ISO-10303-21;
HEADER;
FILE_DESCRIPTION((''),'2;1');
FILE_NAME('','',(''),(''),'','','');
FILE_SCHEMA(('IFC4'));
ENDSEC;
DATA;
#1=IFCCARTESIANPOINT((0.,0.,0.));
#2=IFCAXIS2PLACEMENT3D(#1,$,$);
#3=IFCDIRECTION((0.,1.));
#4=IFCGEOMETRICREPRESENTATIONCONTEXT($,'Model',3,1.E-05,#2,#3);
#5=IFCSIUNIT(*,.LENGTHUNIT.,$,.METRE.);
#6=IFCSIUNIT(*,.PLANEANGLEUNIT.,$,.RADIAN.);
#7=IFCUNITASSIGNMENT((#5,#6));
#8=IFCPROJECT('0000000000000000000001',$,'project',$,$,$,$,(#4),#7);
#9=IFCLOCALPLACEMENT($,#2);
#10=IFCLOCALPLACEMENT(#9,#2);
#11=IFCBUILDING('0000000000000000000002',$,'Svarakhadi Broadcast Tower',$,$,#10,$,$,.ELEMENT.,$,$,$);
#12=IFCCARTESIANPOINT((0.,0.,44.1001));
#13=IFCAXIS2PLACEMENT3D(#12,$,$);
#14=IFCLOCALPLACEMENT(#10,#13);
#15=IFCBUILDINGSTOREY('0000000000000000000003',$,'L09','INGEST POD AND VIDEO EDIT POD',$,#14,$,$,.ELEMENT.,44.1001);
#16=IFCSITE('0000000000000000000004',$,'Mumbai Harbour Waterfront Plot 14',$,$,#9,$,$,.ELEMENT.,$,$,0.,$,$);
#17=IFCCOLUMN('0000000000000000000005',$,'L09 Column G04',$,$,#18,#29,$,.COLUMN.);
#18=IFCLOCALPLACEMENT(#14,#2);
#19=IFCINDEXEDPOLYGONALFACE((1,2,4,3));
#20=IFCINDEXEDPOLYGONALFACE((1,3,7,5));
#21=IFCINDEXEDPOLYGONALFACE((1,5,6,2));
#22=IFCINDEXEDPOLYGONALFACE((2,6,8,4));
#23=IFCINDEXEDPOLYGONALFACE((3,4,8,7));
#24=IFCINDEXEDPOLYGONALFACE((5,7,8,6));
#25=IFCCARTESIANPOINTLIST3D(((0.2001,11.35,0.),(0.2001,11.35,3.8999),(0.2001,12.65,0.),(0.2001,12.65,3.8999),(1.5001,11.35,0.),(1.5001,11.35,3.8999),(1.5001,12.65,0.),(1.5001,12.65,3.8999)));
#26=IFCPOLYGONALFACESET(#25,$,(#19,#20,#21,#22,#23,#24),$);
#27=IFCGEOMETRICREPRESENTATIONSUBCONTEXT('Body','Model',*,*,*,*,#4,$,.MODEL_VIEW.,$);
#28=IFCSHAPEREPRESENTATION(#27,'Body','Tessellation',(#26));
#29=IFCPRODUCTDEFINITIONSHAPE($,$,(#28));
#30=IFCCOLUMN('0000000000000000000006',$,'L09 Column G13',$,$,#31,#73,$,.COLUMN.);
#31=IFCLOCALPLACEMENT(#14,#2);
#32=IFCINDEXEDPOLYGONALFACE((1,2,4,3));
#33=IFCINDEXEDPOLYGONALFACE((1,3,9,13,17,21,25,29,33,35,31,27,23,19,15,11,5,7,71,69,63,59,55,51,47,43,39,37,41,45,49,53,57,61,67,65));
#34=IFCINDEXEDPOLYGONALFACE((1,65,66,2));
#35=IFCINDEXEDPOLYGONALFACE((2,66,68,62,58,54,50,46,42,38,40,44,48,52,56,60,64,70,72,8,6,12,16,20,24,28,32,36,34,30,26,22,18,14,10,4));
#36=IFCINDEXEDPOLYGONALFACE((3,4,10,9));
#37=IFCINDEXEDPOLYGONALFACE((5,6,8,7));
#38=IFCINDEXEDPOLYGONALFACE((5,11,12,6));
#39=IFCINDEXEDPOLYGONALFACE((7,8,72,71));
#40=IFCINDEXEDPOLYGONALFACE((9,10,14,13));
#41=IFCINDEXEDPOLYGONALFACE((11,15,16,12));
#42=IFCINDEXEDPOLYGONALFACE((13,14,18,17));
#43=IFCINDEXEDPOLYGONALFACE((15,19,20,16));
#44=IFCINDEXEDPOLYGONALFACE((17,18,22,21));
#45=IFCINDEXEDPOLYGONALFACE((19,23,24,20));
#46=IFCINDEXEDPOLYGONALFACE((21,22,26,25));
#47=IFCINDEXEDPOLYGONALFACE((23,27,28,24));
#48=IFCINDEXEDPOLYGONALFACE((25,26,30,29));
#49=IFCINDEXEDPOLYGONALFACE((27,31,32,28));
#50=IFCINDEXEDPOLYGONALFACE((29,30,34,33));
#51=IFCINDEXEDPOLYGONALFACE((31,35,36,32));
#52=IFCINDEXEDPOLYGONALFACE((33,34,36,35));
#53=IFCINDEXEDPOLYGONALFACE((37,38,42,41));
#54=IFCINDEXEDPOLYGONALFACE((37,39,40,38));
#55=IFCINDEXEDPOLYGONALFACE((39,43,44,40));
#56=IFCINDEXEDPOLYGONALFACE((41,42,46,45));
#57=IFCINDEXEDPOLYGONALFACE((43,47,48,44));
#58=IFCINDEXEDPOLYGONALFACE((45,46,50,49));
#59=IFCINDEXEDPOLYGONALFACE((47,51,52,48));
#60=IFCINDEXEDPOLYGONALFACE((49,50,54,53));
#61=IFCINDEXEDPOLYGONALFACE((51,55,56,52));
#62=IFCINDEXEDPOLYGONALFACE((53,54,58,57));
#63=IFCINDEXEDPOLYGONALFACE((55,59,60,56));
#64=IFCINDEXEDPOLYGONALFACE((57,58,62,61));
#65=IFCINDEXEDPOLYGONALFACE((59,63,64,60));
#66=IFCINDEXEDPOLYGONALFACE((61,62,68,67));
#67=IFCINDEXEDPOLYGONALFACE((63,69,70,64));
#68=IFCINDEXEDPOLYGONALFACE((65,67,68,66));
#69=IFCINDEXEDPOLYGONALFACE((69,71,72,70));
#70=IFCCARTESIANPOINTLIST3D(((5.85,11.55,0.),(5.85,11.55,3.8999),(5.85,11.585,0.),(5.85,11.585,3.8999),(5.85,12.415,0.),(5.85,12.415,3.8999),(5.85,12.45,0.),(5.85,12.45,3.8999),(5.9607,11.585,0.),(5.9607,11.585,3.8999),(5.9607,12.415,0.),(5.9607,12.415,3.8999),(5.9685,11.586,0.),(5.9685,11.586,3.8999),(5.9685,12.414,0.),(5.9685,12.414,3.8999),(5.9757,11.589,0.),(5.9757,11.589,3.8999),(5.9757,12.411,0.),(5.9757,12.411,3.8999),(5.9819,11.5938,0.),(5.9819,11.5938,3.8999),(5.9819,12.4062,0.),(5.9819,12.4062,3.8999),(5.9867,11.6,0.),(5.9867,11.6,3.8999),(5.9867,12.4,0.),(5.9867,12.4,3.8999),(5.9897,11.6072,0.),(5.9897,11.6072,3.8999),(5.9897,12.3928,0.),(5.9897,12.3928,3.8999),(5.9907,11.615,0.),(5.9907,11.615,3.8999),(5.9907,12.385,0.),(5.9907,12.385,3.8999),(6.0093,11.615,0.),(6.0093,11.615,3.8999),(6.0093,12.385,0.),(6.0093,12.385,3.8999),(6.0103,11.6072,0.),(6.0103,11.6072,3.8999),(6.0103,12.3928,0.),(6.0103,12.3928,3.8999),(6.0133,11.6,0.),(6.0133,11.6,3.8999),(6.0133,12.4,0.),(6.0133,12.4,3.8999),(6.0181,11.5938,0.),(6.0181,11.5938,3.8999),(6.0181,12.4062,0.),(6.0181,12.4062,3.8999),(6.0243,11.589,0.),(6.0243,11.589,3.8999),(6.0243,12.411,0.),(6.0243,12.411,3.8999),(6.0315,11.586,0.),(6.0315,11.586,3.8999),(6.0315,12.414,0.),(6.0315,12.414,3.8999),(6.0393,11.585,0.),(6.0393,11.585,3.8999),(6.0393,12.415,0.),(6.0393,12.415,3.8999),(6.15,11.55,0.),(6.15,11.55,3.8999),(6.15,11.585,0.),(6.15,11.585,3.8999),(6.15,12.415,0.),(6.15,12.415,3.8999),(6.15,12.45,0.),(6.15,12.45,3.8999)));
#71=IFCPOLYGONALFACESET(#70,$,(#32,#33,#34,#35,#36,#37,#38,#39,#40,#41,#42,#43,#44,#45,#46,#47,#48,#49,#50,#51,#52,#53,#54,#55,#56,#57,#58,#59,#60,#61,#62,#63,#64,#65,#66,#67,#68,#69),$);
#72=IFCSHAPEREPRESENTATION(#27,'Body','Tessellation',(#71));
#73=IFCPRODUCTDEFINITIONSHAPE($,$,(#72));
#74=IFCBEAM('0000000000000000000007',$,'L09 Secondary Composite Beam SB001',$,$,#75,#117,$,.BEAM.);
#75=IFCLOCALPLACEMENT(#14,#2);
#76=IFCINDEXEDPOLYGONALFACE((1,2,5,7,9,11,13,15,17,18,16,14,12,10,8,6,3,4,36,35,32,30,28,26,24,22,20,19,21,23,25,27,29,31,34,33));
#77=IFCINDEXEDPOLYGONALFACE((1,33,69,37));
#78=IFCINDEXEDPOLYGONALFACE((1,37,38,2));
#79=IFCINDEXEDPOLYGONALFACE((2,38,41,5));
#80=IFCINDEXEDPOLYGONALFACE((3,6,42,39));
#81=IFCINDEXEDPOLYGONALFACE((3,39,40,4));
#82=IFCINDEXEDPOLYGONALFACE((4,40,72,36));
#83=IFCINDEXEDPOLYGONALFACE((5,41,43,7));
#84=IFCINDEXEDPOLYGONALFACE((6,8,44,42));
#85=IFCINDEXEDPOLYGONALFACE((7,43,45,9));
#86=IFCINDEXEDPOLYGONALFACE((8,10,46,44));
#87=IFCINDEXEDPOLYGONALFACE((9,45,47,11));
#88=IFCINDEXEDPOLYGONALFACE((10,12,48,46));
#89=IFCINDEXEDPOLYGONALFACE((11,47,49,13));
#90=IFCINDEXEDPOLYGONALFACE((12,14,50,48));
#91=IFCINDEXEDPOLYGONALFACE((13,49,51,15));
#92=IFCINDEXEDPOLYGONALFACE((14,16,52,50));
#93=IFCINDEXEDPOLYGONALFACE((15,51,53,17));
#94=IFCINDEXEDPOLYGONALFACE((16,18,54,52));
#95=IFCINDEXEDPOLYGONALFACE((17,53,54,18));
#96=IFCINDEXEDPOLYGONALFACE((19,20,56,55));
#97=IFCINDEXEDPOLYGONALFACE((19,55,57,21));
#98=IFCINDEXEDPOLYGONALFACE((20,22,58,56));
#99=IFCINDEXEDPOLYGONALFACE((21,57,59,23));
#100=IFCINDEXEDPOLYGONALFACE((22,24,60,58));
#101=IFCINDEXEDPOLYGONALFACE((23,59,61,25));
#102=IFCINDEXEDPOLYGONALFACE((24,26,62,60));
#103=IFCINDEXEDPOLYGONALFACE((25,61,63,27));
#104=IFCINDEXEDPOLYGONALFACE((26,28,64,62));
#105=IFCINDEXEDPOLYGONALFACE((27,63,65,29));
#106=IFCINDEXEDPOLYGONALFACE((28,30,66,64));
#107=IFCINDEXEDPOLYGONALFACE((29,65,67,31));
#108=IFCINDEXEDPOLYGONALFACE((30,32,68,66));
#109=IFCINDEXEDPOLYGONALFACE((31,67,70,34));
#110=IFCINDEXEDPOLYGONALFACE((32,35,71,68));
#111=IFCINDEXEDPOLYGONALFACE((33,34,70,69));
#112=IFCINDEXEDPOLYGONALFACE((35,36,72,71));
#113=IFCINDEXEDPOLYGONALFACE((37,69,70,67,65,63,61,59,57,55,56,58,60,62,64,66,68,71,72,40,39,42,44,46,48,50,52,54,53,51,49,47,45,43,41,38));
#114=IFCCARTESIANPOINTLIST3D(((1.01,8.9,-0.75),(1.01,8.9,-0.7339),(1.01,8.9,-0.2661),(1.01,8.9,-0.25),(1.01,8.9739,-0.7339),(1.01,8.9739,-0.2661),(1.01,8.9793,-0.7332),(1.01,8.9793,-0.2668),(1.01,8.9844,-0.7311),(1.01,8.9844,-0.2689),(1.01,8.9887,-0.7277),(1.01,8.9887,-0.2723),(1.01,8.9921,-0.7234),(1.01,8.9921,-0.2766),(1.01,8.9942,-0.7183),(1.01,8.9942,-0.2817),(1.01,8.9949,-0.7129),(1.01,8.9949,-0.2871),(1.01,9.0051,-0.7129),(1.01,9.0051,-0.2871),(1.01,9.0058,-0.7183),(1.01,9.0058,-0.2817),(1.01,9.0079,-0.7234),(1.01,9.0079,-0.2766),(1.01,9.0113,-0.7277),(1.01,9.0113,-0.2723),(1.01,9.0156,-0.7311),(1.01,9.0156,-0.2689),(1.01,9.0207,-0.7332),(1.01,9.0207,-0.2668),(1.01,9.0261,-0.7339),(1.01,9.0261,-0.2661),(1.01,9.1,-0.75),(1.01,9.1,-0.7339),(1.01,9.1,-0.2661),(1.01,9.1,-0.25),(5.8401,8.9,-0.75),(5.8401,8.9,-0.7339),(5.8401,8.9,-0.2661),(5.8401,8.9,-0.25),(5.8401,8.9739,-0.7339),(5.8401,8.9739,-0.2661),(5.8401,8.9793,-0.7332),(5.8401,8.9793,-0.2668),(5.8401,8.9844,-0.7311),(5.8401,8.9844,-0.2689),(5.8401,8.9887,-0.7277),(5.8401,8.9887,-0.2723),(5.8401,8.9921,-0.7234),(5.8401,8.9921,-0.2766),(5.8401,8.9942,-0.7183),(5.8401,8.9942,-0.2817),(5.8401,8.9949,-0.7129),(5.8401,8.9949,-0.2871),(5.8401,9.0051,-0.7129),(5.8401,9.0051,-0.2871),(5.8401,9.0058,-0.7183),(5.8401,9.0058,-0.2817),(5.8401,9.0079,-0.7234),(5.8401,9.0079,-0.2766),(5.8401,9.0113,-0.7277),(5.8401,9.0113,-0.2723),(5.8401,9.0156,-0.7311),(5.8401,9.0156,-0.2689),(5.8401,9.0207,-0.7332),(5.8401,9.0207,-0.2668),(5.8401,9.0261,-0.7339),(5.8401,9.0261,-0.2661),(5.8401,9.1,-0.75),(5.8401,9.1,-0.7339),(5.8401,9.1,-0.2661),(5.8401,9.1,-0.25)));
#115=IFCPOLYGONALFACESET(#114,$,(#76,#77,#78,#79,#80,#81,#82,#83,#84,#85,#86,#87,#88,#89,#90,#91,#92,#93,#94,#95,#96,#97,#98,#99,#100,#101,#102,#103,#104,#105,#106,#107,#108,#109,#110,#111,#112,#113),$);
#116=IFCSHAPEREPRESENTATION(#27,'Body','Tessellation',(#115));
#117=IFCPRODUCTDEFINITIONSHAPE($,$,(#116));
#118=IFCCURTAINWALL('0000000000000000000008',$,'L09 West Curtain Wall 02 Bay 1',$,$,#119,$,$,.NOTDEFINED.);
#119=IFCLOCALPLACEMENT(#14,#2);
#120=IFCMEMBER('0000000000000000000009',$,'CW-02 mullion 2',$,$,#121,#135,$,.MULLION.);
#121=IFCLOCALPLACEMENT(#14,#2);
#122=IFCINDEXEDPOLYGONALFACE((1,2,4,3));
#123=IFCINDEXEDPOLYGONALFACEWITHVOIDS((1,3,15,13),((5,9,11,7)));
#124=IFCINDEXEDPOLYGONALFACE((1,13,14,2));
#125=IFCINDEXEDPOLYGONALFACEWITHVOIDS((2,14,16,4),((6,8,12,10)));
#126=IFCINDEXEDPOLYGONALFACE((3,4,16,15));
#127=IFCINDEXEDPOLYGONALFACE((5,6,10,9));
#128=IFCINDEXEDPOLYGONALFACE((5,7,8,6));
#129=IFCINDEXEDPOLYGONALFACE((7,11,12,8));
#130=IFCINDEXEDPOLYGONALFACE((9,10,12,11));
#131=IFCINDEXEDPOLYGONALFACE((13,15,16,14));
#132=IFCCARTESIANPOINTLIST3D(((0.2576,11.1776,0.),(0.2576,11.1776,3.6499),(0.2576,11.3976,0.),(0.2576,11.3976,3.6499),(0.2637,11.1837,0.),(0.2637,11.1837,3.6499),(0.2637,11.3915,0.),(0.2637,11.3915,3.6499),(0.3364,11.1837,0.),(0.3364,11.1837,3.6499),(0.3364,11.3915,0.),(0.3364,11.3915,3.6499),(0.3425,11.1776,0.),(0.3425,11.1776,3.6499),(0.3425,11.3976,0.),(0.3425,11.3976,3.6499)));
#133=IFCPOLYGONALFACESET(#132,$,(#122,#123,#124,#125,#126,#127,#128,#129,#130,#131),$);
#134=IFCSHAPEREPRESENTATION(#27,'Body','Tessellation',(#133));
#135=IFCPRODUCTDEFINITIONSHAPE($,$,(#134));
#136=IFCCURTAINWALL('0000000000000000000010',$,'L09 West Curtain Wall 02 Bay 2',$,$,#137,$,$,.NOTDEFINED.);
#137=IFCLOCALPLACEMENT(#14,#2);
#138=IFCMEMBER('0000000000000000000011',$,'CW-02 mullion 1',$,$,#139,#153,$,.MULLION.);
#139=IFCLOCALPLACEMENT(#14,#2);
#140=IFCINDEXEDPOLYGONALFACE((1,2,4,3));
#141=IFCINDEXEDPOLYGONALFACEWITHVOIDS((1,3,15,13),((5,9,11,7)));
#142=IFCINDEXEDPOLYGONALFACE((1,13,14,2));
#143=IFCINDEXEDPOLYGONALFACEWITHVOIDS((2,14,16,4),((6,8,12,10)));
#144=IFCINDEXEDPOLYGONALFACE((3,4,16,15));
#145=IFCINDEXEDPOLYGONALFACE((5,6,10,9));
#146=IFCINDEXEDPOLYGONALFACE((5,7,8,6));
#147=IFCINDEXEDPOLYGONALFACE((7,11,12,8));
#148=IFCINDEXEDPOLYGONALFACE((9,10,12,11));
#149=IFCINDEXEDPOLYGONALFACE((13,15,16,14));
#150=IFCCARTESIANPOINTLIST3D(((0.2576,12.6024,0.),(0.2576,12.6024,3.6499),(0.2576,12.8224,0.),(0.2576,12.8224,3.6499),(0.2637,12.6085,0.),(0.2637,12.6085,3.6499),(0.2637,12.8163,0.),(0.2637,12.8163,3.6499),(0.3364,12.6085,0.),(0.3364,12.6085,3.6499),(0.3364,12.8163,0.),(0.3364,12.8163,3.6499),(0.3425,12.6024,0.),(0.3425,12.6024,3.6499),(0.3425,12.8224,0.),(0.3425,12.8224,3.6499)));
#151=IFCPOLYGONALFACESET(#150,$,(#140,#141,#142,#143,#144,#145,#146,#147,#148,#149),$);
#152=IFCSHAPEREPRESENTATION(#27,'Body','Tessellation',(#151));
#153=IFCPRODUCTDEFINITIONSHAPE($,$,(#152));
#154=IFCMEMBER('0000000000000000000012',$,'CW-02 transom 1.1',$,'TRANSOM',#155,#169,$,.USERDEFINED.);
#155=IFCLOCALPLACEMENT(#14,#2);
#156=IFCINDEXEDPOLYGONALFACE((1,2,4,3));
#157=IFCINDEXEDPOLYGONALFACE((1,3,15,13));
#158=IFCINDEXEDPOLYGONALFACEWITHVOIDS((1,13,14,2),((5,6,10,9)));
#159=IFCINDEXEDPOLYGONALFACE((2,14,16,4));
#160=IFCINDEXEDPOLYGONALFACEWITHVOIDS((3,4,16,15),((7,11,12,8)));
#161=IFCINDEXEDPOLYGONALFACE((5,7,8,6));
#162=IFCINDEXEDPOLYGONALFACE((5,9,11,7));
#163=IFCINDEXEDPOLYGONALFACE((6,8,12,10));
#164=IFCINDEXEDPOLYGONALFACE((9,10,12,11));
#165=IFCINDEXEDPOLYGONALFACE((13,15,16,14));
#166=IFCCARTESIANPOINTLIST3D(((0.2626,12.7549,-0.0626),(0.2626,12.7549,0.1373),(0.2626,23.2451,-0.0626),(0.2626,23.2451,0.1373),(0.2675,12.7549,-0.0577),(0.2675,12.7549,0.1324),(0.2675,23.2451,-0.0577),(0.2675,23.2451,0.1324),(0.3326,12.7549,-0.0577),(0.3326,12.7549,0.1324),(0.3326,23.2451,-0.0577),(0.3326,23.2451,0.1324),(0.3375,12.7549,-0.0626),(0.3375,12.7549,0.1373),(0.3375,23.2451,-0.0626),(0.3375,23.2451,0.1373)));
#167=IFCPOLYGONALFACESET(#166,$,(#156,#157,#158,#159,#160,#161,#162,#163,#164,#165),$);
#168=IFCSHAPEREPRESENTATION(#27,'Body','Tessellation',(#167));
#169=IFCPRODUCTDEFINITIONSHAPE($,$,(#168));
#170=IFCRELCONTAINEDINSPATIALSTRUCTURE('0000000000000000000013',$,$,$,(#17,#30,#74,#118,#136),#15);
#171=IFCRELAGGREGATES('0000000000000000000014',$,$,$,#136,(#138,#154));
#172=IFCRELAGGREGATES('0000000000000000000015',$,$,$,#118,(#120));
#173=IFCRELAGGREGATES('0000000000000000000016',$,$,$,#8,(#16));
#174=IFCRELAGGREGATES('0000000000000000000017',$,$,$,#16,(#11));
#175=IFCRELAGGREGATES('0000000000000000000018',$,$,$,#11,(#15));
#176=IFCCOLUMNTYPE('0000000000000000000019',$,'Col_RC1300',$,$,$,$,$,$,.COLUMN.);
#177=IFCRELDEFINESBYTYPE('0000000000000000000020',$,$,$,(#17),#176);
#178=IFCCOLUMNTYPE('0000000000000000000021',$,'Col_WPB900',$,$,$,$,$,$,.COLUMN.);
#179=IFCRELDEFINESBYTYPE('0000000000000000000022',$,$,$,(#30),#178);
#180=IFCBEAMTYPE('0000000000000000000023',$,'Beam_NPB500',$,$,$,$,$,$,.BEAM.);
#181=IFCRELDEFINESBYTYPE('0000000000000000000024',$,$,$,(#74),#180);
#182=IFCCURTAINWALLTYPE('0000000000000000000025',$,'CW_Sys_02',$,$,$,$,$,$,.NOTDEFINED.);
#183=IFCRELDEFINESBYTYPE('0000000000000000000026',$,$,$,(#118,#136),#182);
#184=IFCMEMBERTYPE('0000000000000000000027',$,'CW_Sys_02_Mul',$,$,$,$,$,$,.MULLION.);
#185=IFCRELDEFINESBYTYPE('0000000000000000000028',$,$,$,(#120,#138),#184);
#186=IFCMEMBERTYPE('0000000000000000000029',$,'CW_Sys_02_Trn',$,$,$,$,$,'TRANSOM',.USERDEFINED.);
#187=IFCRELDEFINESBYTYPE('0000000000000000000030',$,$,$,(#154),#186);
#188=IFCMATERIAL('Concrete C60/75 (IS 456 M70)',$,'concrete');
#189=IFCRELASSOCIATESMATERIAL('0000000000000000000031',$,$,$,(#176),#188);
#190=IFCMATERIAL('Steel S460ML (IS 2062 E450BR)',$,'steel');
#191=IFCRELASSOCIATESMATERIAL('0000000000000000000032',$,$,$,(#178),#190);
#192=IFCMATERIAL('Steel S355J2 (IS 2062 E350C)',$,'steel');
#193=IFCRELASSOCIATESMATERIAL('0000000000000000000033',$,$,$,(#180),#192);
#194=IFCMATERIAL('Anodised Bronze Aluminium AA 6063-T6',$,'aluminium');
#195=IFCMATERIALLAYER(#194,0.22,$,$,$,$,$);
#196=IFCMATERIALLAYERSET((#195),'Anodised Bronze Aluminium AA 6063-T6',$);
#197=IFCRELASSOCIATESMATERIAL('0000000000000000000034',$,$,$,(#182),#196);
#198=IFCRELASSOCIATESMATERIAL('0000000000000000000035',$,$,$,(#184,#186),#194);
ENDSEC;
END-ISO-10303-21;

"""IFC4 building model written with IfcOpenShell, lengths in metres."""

from ifc_helpers import new_model, si_unit, direction, frame, origin, origin_2d, place, context, subcontext, project, spatial, rectangle, hollow_rectangle, i_section, extrude, material, layer, layer_set, material_profile, profile_set, type_object, element, aggregate, save


model = new_model("IFC4")

# Units and contexts
model_context = context("Model", 3, precision=1e-05, world=origin(), true_north=direction((0.0, 1.0)))
body_context = subcontext(model_context, "Body", "Model", "MODEL_VIEW")
ifc_project = project(units=[si_unit("LENGTHUNIT", "METRE"), si_unit("PLANEANGLEUNIT", "RADIAN")], contexts=[model_context])

# Site, building, storey
site_placement = place(None, origin())
site = spatial("IfcSite", under=ifc_project, at=site_placement, Name="Mumbai Harbour Waterfront Plot 14", CompositionType="ELEMENT", RefElevation=0.0)
building_placement = place(site_placement, origin())
building = spatial("IfcBuilding", under=site, at=building_placement, Name="Svarakhadi Broadcast Tower", CompositionType="ELEMENT")
storey_placement = place(building_placement, frame((0.0, 0.0, 44.1001)))
storey = spatial("IfcBuildingStorey", under=building, at=storey_placement, Name="L09", Description="INGEST POD AND VIDEO EDIT POD", CompositionType="ELEMENT", Elevation=44.1001)

# Columns
ifc_material_1 = material(Name="Concrete C60/75 (IS 456 M70)", Category="concrete")
ifc_material_profile_1 = material_profile(ifc_material_1, rectangle(XDim=1.3, YDim=1.3, at=origin_2d()), Name="RC 1300x1300")
ifc_profile_set_1 = profile_set([ifc_material_profile_1], Name="Concrete C60/75 (IS 456 M70)")
column_type_1 = type_object("IfcColumnType", Name="Col_RC1300", PredefinedType="COLUMN", material=ifc_profile_set_1)
column_1_placement = place(storey_placement, frame((0.8501, 12.0, 0.0), z_axis=(0.0, 0.0, 1.0), x_axis=(1.0, 0.0, 0.0)))
element("IfcColumn", 1, at=column_1_placement, inside=storey, type_object=column_type_1, Name="L09 Column G04", PredefinedType="COLUMN", context=body_context, shape_type="SweptSolid", body=[
    extrude(rectangle(XDim=1.3, YDim=1.3, at=origin_2d()), origin(), (0.0, 0.0, 1.0), 3.8999),
])
ifc_material_2 = material(Name="Steel S460ML (IS 2062 E450BR)", Category="steel")
ifc_material_profile_2 = material_profile(ifc_material_2, i_section(OverallWidth=0.3, OverallDepth=0.8999, WebThickness=0.0186, FlangeThickness=0.0349, FilletRadius=0.03, at=origin_2d()), Name="WPB 900x300x291")
ifc_profile_set_2 = profile_set([ifc_material_profile_2], Name="Steel S460ML (IS 2062 E450BR)")
column_type_2 = type_object("IfcColumnType", Name="Col_WPB900", PredefinedType="COLUMN", material=ifc_profile_set_2)
column_2_placement = place(storey_placement, frame((6.0, 12.0, 0.0), z_axis=(0.0, 0.0, 1.0), x_axis=(1.0, 0.0, 0.0)))
element("IfcColumn", 2, at=column_2_placement, inside=storey, type_object=column_type_2, Name="L09 Column G13", PredefinedType="COLUMN", context=body_context, shape_type="SweptSolid", body=[
    extrude(i_section(OverallWidth=0.3, OverallDepth=0.8999, WebThickness=0.0186, FlangeThickness=0.0349, FilletRadius=0.03, at=origin_2d()), origin(), (0.0, 0.0, 1.0), 3.8999),
])

# Beam
ifc_material_3 = material(Name="Steel S355J2 (IS 2062 E350C)", Category="steel")
ifc_material_profile_3 = material_profile(ifc_material_3, i_section(OverallWidth=0.2, OverallDepth=0.5, WebThickness=0.0103, FlangeThickness=0.0161, FilletRadius=0.021, at=origin_2d()), Name="NPB 500x200x91")
ifc_profile_set_3 = profile_set([ifc_material_profile_3], Name="Steel S355J2 (IS 2062 E350C)")
beam_type_1 = type_object("IfcBeamType", Name="Beam_NPB500", PredefinedType="BEAM", material=ifc_profile_set_3)
beam_1_placement = place(storey_placement, frame((1.01, 9.0, -0.5), z_axis=(1.0, 0.0, 0.0), x_axis=(0.0, 1.0, 0.0)))
element("IfcBeam", 3, at=beam_1_placement, inside=storey, type_object=beam_type_1, Name="L09 Secondary Composite Beam SB001", PredefinedType="BEAM", context=body_context, shape_type="SweptSolid", body=[
    extrude(i_section(OverallWidth=0.2, OverallDepth=0.5, WebThickness=0.0103, FlangeThickness=0.0161, FilletRadius=0.021, at=origin_2d()), origin(), (0.0, 0.0, 1.0), 4.8301),
])

# Curtain wall, member
ifc_material_4 = material(Name="Anodised Bronze Aluminium AA 6063-T6", Category="aluminium")
ifc_layer_1 = layer(ifc_material_4, 0.22)
ifc_layer_set_1 = layer_set([ifc_layer_1], Name="Anodised Bronze Aluminium AA 6063-T6")
curtain_wall_type = type_object("IfcCurtainWallType", Name="CW_Sys_02", PredefinedType="NOTDEFINED", material=ifc_layer_set_1)
curtain_wall_1_placement = place(storey_placement, origin())
curtain_wall_1 = element("IfcCurtainWall", 4, at=curtain_wall_1_placement, inside=storey, type_object=curtain_wall_type, Name="L09 West Curtain Wall 02 Bay 1", PredefinedType="NOTDEFINED")
ifc_material_profile_4 = material_profile(ifc_material_4, hollow_rectangle(XDim=0.085, YDim=0.22, WallThickness=0.0061, at=origin_2d()), Name="ALU MULLION 220x85x6")
ifc_profile_set_4 = profile_set([ifc_material_profile_4], Name="Anodised Bronze Aluminium AA 6063-T6")
member_type_1 = type_object("IfcMemberType", Name="CW_Sys_02_Mul", PredefinedType="MULLION", material=ifc_profile_set_4)
member_1_placement = place(storey_placement, frame((0.3, 11.2876, 0.0), z_axis=(0.0, 0.0, 1.0), x_axis=(-1.0, 0.0, 0.0)))
member_1 = element("IfcMember", 5, at=member_1_placement, type_object=member_type_1, Name="CW-02 mullion 2", PredefinedType="MULLION", context=body_context, shape_type="SweptSolid", body=[
    extrude(hollow_rectangle(XDim=0.085, YDim=0.22, WallThickness=0.0061, at=origin_2d()), origin(), (0.0, 0.0, 1.0), 3.6499),
])

# Curtain wall, members
curtain_wall_2_placement = place(storey_placement, origin())
curtain_wall_2 = element("IfcCurtainWall", 6, at=curtain_wall_2_placement, inside=storey, type_object=curtain_wall_type, Name="L09 West Curtain Wall 02 Bay 2", PredefinedType="NOTDEFINED")
member_2_placement = place(storey_placement, frame((0.3, 12.7124, 0.0), z_axis=(0.0, 0.0, 1.0), x_axis=(-1.0, 0.0, 0.0)))
member_2 = element("IfcMember", 7, at=member_2_placement, type_object=member_type_1, Name="CW-02 mullion 1", PredefinedType="MULLION", context=body_context, shape_type="SweptSolid", body=[
    extrude(hollow_rectangle(XDim=0.085, YDim=0.22, WallThickness=0.0061, at=origin_2d()), origin(), (0.0, 0.0, 1.0), 3.6499),
])
ifc_material_profile_5 = material_profile(ifc_material_4, hollow_rectangle(XDim=0.075, YDim=0.2, WallThickness=0.0049, at=origin_2d()), Name="ALU TRANSOM 200x75x5")
ifc_profile_set_5 = profile_set([ifc_material_profile_5], Name="Anodised Bronze Aluminium AA 6063-T6")
member_type_2 = type_object("IfcMemberType", Name="CW_Sys_02_Trn", ElementType="TRANSOM", PredefinedType="USERDEFINED", material=ifc_profile_set_5)
member_3_placement = place(storey_placement, frame((0.3, 12.7549, 0.0374), z_axis=(0.0, 1.0, 0.0), x_axis=(-1.0, 0.0, 0.0)))
member_3 = element("IfcMember", 8, at=member_3_placement, type_object=member_type_2, Name="CW-02 transom 1.1", ObjectType="TRANSOM", PredefinedType="USERDEFINED", context=body_context, shape_type="SweptSolid", body=[
    extrude(hollow_rectangle(XDim=0.075, YDim=0.2, WallThickness=0.0049, at=origin_2d()), origin(), (0.0, 0.0, 1.0), 10.4902),
])
aggregate(curtain_wall_2, [member_2, member_3])

aggregate(curtain_wall_1, [member_1])

save(model, "model.ifc")
